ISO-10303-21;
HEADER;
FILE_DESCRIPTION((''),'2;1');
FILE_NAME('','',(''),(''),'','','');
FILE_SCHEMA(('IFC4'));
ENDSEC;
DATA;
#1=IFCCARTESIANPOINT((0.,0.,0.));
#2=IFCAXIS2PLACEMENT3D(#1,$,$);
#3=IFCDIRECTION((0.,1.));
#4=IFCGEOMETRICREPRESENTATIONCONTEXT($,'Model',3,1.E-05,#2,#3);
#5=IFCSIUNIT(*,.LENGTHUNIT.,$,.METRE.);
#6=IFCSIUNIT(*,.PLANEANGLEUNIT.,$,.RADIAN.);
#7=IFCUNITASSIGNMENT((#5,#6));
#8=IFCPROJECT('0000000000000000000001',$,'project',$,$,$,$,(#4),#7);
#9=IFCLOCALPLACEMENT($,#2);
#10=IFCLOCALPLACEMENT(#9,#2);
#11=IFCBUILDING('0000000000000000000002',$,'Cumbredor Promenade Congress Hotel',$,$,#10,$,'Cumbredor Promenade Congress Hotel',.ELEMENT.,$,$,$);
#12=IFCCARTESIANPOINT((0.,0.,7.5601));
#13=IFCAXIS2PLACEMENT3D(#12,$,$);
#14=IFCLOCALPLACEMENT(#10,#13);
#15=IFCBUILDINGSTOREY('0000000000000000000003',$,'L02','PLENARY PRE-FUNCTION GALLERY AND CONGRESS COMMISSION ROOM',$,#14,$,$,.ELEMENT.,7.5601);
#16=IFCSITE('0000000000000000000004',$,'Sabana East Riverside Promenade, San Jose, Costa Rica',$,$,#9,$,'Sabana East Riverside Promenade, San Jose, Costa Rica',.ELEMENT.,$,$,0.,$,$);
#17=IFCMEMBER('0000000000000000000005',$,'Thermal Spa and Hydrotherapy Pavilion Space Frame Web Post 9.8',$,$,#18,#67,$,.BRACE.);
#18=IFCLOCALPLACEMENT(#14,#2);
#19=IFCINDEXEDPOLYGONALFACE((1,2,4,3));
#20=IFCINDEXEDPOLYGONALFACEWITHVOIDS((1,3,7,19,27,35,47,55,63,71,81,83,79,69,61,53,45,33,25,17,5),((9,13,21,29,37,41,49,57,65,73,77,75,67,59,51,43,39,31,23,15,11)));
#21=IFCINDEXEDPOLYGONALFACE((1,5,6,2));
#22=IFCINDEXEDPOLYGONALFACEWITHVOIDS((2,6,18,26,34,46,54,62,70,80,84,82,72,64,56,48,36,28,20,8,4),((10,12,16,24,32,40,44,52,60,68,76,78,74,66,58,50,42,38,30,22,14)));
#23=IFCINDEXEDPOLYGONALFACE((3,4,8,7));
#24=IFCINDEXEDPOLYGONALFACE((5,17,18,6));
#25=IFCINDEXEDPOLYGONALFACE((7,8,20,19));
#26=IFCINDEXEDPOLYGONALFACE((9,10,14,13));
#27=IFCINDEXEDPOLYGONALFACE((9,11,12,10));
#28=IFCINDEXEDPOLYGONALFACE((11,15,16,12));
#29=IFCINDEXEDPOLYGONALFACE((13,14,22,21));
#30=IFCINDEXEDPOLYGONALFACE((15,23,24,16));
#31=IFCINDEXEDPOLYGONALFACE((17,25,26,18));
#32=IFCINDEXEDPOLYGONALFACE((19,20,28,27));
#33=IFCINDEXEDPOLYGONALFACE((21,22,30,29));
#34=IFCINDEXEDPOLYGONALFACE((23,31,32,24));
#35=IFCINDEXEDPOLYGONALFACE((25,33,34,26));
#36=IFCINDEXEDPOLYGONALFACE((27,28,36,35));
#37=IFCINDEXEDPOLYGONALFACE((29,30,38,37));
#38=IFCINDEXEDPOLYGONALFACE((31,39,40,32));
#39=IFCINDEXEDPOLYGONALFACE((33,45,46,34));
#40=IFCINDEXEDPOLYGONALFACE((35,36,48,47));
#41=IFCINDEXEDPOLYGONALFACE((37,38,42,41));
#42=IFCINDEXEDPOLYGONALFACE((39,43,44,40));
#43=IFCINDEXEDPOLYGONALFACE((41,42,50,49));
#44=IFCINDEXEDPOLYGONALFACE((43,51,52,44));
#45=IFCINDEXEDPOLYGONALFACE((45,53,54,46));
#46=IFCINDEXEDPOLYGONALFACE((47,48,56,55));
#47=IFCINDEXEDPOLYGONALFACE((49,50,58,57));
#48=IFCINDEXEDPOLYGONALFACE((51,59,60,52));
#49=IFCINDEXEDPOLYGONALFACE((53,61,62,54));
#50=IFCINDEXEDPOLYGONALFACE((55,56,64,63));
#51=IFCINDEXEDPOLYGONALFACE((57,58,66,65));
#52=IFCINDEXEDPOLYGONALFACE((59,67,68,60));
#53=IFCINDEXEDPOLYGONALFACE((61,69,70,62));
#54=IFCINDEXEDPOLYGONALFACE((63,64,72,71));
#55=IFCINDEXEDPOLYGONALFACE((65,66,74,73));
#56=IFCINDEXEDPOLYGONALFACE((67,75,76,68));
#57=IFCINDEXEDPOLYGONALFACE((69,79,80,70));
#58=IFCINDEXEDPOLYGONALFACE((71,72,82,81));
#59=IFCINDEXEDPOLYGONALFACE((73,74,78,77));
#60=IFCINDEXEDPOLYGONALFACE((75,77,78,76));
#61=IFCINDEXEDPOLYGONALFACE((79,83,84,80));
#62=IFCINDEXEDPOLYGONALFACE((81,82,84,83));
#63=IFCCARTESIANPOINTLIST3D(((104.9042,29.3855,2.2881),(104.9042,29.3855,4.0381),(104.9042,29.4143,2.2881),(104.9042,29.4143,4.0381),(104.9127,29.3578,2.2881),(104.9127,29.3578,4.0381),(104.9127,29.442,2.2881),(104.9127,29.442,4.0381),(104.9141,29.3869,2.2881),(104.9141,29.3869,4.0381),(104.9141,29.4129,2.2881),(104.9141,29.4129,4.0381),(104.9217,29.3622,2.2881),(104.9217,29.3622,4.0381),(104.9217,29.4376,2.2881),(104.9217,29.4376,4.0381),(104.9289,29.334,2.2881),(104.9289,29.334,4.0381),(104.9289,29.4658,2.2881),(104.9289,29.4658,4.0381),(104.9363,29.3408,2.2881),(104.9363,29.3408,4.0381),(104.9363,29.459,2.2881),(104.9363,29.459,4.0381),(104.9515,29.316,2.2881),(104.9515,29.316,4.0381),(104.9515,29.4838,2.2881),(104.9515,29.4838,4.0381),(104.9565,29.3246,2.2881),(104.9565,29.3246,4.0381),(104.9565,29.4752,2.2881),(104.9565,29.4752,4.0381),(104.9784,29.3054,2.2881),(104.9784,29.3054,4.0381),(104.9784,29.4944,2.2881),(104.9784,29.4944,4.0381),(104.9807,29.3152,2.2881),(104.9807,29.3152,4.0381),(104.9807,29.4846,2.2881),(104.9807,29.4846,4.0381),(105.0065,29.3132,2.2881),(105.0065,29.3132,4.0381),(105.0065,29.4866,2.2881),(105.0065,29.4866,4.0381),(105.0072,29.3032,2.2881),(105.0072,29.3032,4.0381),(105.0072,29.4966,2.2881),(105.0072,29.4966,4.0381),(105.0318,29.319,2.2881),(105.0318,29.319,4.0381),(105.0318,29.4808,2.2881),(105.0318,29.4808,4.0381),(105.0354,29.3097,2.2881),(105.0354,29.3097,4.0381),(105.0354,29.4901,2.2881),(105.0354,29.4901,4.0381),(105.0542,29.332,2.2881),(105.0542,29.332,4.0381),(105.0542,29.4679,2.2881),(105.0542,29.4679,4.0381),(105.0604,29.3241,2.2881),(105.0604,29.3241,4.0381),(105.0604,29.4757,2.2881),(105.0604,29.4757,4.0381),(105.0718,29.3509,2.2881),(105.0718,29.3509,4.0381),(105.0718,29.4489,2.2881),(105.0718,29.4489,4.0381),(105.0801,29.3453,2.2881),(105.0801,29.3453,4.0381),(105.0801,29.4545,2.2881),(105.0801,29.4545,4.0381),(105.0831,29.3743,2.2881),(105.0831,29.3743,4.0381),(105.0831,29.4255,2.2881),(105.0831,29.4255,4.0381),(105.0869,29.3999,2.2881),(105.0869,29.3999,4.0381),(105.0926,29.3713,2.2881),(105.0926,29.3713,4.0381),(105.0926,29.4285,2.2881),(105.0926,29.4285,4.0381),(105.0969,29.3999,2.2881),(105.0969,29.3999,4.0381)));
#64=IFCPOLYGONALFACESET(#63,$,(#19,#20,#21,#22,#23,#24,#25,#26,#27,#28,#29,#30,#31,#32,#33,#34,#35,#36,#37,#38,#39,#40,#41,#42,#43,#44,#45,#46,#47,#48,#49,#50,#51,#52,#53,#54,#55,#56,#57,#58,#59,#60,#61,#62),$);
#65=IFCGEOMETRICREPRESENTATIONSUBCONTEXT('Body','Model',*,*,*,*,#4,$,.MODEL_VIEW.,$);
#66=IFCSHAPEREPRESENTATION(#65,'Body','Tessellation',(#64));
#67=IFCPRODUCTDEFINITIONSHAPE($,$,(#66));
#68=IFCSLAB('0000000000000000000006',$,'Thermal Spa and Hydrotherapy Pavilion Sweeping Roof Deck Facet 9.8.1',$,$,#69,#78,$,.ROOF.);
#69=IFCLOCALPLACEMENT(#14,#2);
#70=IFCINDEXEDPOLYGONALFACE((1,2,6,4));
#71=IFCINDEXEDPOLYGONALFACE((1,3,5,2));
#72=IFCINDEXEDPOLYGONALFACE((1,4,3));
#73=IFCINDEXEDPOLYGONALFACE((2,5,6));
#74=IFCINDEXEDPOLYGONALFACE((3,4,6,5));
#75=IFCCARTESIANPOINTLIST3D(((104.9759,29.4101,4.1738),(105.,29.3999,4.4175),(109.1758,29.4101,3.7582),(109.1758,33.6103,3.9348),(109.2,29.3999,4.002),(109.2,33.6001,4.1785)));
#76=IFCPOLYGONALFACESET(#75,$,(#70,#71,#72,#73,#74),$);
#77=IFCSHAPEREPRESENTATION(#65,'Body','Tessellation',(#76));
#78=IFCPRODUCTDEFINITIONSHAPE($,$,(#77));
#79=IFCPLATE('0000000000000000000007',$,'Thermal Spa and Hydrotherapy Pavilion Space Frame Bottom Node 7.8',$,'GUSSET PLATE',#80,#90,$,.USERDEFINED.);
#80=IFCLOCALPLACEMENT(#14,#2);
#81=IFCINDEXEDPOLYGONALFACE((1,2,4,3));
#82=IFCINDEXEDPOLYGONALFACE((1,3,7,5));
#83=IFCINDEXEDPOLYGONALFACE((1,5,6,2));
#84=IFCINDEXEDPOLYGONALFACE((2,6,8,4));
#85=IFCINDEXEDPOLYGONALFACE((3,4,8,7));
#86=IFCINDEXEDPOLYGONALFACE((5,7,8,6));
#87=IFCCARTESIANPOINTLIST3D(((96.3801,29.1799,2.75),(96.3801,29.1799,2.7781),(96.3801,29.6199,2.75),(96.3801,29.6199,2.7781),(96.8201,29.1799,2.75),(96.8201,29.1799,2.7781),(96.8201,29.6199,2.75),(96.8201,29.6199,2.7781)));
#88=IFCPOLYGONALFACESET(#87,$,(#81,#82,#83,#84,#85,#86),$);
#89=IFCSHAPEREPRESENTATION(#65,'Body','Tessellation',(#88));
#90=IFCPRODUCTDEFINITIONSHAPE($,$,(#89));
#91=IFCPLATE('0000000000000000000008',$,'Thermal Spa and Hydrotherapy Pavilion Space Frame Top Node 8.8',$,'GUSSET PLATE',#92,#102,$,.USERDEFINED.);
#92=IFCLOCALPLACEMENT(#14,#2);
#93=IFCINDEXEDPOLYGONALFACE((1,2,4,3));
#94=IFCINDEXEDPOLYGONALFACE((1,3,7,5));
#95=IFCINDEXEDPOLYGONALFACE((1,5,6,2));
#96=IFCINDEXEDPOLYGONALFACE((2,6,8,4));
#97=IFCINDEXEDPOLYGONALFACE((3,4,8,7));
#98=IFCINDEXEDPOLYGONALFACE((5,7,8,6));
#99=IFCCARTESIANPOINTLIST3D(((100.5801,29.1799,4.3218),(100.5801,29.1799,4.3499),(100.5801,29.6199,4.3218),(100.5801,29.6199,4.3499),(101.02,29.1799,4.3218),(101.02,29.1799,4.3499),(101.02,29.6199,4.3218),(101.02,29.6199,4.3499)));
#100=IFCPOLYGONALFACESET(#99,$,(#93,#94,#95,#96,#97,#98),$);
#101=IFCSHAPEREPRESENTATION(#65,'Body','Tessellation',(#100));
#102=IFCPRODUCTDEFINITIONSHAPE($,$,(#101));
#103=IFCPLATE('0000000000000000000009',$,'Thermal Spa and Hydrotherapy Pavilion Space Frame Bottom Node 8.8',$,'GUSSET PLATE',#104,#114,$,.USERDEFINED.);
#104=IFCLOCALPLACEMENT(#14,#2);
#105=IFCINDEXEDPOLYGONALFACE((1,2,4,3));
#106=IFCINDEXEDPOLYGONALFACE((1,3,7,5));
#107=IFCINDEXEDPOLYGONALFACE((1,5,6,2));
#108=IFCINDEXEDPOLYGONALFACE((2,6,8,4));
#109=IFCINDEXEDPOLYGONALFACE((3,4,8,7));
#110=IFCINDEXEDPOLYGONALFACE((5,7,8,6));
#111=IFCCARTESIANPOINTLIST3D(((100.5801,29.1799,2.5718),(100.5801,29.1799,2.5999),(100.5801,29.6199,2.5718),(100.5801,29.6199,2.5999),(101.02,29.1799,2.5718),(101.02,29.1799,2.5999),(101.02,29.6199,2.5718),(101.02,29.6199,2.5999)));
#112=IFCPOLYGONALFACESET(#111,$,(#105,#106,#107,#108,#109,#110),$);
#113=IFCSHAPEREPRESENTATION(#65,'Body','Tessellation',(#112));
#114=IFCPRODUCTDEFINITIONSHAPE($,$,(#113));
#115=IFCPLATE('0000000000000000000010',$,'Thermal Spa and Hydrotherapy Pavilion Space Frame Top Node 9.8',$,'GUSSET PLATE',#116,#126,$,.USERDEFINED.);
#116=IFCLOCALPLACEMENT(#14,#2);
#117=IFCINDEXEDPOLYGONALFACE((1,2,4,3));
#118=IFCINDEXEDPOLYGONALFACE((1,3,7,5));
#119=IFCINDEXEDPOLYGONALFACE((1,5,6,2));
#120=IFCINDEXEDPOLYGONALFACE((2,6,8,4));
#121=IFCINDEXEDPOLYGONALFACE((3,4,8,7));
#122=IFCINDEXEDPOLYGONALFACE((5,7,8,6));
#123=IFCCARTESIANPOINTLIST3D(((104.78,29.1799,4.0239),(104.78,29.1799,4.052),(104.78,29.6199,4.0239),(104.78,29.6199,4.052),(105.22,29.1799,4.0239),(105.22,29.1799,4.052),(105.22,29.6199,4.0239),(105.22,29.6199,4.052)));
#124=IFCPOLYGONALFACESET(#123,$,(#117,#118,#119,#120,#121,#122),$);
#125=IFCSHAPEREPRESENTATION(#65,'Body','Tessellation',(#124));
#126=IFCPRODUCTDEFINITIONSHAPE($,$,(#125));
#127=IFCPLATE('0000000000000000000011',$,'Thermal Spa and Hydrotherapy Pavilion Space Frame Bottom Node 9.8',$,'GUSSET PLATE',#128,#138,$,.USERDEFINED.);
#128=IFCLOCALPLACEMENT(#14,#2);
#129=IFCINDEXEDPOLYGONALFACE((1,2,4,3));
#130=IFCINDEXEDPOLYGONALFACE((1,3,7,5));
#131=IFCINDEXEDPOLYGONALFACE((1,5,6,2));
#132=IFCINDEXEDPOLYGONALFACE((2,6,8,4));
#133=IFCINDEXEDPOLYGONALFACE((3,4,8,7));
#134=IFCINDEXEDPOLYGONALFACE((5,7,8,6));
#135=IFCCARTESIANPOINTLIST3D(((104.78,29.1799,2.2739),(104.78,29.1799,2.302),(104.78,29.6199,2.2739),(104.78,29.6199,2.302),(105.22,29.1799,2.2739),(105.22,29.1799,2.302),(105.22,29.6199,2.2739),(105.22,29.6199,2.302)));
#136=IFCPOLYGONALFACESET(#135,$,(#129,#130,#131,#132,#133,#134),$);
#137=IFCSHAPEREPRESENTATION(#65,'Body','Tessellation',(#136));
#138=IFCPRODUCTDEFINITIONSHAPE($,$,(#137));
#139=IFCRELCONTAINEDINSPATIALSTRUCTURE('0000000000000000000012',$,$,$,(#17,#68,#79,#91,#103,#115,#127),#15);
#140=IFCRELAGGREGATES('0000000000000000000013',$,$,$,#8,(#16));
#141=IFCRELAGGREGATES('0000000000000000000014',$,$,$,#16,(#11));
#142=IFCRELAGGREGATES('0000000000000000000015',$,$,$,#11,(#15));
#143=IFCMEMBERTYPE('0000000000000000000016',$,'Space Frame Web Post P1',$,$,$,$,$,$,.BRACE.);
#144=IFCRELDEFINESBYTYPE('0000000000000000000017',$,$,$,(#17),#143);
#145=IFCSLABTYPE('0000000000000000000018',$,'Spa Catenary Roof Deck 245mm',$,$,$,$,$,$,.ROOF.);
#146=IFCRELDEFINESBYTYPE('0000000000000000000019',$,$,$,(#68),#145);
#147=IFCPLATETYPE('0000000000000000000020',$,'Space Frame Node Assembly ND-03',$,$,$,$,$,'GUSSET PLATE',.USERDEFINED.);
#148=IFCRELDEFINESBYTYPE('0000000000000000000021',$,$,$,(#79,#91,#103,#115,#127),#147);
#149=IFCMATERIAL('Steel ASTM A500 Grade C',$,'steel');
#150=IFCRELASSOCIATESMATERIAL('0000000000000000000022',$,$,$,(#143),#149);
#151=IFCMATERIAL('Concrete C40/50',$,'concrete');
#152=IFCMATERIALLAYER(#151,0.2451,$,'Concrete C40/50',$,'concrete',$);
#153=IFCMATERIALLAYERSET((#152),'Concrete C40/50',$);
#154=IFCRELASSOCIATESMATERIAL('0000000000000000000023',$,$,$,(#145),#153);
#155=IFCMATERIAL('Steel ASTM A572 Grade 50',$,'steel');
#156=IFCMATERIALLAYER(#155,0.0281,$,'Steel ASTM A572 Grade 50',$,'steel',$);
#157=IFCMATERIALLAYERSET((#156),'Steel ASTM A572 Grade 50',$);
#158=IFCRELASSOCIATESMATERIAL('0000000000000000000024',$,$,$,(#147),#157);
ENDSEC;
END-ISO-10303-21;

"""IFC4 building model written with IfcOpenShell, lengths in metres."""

from ifc_helpers import new_model, si_unit, direction, frame, origin, origin_2d, place, context, subcontext, project, spatial, polyline, rectangle, hollow_circle, outline, extrude, material, layer, layer_set, material_profile, profile_set, type_object, element, save


model = new_model("IFC4")

# Units and contexts
model_context = context("Model", 3, precision=1e-05, world=origin(), true_north=direction((0.0, 1.0)))
body_context = subcontext(model_context, "Body", "Model", "MODEL_VIEW")
ifc_project = project(units=[si_unit("LENGTHUNIT", "METRE"), si_unit("PLANEANGLEUNIT", "RADIAN")], contexts=[model_context])

# Site, building, storey
site_placement = place(None, origin())
site = spatial("IfcSite", under=ifc_project, at=site_placement, Name="Sabana East Riverside Promenade, San Jose, Costa Rica", LongName="Sabana East Riverside Promenade, San Jose, Costa Rica", CompositionType="ELEMENT", RefElevation=0.0)
building_placement = place(site_placement, origin())
building = spatial("IfcBuilding", under=site, at=building_placement, Name="Cumbredor Promenade Congress Hotel", LongName="Cumbredor Promenade Congress Hotel", CompositionType="ELEMENT")
storey_placement = place(building_placement, frame((0.0, 0.0, 7.5601)))
storey = spatial("IfcBuildingStorey", under=building, at=storey_placement, Name="L02", Description="PLENARY PRE-FUNCTION GALLERY AND CONGRESS COMMISSION ROOM", CompositionType="ELEMENT", Elevation=7.5601)

# Member
ifc_material_1 = material(Name="Steel ASTM A500 Grade C", Category="steel")
ifc_material_profile_1 = material_profile(ifc_material_1, hollow_circle(Radius=0.0969, WallThickness=0.01, at=origin_2d()), Name="CHS 193.7x10")
ifc_profile_set_1 = profile_set([ifc_material_profile_1], Name="Steel ASTM A500 Grade C")
member_type_1 = type_object("IfcMemberType", Name="Space Frame Web Post P1", PredefinedType="BRACE", material=ifc_profile_set_1)
for number, where, z_axis, x_axis, name in (
    (1, (105.0, 29.3999, 2.2881), (0.0, 0.0, 1.0), (1.0, 0.0, 0.0), "Thermal Spa and Hydrotherapy Pavilion Space Frame Web Post 9.8"),
):
    element("IfcMember", number, at=place(storey_placement, frame(where, z_axis=z_axis, x_axis=x_axis)), inside=storey, type_object=member_type_1, Name=name, PredefinedType="BRACE", context=body_context, shape_type="SweptSolid", body=[
        extrude(hollow_circle(Radius=0.0969, WallThickness=0.01, at=origin_2d()), origin(), (0.0, 0.0, 1.0), 1.75),
    ])

# Slab
ifc_material_2 = material(Name="Concrete C40/50", Category="concrete")
ifc_layer_1 = layer(ifc_material_2, 0.2451, Name="Concrete C40/50", Category="concrete")
ifc_layer_set_1 = layer_set([ifc_layer_1], Name="Concrete C40/50")
slab_type = type_object("IfcSlabType", Name="Spa Catenary Roof Deck 245mm", PredefinedType="ROOF", material=ifc_layer_set_1)
slab_placement = place(storey_placement, frame((105.0, 29.3999, 4.4175), z_axis=(0.09837, -0.041784, 0.994272), x_axis=(0.995141, 0.0, -0.098456)))
element("IfcSlab", 2, at=slab_placement, inside=storey, type_object=slab_type, Name="Thermal Spa and Hydrotherapy Pavilion Sweeping Roof Deck Facet 9.8.1", PredefinedType="ROOF", context=body_context, shape_type="SweptSolid", body=[
    extrude(outline(polyline([(0.0, 0.0), (4.2205, 0.0), (4.2031, 4.2039), (0.0, 0.0)])), origin(), (0.0, 0.0, -1.0), 0.2451),
])

# Plates
ifc_material_3 = material(Name="Steel ASTM A572 Grade 50", Category="steel")
ifc_layer_2 = layer(ifc_material_3, 0.0281, Name="Steel ASTM A572 Grade 50", Category="steel")
ifc_layer_set_2 = layer_set([ifc_layer_2], Name="Steel ASTM A572 Grade 50")
plate_type = type_object("IfcPlateType", Name="Space Frame Node Assembly ND-03", ElementType="GUSSET PLATE", PredefinedType="USERDEFINED", material=ifc_layer_set_2)
for number, where, z_axis, x_axis, name in (
    (3, (96.6001, 29.3999, 2.75), (0.0, 0.0, 1.0), (1.0, 0.0, 0.0), "Thermal Spa and Hydrotherapy Pavilion Space Frame Bottom Node 7.8"),
    (4, (100.8, 29.3999, 4.3218), (0.0, 0.0, 1.0), (1.0, 0.0, 0.0), "Thermal Spa and Hydrotherapy Pavilion Space Frame Top Node 8.8"),
    (5, (100.8, 29.3999, 2.5718), (0.0, 0.0, 1.0), (1.0, 0.0, 0.0), "Thermal Spa and Hydrotherapy Pavilion Space Frame Bottom Node 8.8"),
    (6, (105.0, 29.3999, 4.0239), (0.0, 0.0, 1.0), (1.0, 0.0, 0.0), "Thermal Spa and Hydrotherapy Pavilion Space Frame Top Node 9.8"),
    (7, (105.0, 29.3999, 2.2739), (0.0, 0.0, 1.0), (1.0, 0.0, 0.0), "Thermal Spa and Hydrotherapy Pavilion Space Frame Bottom Node 9.8"),
):
    element("IfcPlate", number, at=place(storey_placement, frame(where, z_axis=z_axis, x_axis=x_axis)), inside=storey, type_object=plate_type, Name=name, ObjectType="GUSSET PLATE", PredefinedType="USERDEFINED", context=body_context, shape_type="SweptSolid", body=[
        extrude(rectangle(XDim=0.4399, YDim=0.4399, at=origin_2d()), origin(), (0.0, 0.0, 1.0), 0.0281),
    ])

save(model, "model.ifc")
